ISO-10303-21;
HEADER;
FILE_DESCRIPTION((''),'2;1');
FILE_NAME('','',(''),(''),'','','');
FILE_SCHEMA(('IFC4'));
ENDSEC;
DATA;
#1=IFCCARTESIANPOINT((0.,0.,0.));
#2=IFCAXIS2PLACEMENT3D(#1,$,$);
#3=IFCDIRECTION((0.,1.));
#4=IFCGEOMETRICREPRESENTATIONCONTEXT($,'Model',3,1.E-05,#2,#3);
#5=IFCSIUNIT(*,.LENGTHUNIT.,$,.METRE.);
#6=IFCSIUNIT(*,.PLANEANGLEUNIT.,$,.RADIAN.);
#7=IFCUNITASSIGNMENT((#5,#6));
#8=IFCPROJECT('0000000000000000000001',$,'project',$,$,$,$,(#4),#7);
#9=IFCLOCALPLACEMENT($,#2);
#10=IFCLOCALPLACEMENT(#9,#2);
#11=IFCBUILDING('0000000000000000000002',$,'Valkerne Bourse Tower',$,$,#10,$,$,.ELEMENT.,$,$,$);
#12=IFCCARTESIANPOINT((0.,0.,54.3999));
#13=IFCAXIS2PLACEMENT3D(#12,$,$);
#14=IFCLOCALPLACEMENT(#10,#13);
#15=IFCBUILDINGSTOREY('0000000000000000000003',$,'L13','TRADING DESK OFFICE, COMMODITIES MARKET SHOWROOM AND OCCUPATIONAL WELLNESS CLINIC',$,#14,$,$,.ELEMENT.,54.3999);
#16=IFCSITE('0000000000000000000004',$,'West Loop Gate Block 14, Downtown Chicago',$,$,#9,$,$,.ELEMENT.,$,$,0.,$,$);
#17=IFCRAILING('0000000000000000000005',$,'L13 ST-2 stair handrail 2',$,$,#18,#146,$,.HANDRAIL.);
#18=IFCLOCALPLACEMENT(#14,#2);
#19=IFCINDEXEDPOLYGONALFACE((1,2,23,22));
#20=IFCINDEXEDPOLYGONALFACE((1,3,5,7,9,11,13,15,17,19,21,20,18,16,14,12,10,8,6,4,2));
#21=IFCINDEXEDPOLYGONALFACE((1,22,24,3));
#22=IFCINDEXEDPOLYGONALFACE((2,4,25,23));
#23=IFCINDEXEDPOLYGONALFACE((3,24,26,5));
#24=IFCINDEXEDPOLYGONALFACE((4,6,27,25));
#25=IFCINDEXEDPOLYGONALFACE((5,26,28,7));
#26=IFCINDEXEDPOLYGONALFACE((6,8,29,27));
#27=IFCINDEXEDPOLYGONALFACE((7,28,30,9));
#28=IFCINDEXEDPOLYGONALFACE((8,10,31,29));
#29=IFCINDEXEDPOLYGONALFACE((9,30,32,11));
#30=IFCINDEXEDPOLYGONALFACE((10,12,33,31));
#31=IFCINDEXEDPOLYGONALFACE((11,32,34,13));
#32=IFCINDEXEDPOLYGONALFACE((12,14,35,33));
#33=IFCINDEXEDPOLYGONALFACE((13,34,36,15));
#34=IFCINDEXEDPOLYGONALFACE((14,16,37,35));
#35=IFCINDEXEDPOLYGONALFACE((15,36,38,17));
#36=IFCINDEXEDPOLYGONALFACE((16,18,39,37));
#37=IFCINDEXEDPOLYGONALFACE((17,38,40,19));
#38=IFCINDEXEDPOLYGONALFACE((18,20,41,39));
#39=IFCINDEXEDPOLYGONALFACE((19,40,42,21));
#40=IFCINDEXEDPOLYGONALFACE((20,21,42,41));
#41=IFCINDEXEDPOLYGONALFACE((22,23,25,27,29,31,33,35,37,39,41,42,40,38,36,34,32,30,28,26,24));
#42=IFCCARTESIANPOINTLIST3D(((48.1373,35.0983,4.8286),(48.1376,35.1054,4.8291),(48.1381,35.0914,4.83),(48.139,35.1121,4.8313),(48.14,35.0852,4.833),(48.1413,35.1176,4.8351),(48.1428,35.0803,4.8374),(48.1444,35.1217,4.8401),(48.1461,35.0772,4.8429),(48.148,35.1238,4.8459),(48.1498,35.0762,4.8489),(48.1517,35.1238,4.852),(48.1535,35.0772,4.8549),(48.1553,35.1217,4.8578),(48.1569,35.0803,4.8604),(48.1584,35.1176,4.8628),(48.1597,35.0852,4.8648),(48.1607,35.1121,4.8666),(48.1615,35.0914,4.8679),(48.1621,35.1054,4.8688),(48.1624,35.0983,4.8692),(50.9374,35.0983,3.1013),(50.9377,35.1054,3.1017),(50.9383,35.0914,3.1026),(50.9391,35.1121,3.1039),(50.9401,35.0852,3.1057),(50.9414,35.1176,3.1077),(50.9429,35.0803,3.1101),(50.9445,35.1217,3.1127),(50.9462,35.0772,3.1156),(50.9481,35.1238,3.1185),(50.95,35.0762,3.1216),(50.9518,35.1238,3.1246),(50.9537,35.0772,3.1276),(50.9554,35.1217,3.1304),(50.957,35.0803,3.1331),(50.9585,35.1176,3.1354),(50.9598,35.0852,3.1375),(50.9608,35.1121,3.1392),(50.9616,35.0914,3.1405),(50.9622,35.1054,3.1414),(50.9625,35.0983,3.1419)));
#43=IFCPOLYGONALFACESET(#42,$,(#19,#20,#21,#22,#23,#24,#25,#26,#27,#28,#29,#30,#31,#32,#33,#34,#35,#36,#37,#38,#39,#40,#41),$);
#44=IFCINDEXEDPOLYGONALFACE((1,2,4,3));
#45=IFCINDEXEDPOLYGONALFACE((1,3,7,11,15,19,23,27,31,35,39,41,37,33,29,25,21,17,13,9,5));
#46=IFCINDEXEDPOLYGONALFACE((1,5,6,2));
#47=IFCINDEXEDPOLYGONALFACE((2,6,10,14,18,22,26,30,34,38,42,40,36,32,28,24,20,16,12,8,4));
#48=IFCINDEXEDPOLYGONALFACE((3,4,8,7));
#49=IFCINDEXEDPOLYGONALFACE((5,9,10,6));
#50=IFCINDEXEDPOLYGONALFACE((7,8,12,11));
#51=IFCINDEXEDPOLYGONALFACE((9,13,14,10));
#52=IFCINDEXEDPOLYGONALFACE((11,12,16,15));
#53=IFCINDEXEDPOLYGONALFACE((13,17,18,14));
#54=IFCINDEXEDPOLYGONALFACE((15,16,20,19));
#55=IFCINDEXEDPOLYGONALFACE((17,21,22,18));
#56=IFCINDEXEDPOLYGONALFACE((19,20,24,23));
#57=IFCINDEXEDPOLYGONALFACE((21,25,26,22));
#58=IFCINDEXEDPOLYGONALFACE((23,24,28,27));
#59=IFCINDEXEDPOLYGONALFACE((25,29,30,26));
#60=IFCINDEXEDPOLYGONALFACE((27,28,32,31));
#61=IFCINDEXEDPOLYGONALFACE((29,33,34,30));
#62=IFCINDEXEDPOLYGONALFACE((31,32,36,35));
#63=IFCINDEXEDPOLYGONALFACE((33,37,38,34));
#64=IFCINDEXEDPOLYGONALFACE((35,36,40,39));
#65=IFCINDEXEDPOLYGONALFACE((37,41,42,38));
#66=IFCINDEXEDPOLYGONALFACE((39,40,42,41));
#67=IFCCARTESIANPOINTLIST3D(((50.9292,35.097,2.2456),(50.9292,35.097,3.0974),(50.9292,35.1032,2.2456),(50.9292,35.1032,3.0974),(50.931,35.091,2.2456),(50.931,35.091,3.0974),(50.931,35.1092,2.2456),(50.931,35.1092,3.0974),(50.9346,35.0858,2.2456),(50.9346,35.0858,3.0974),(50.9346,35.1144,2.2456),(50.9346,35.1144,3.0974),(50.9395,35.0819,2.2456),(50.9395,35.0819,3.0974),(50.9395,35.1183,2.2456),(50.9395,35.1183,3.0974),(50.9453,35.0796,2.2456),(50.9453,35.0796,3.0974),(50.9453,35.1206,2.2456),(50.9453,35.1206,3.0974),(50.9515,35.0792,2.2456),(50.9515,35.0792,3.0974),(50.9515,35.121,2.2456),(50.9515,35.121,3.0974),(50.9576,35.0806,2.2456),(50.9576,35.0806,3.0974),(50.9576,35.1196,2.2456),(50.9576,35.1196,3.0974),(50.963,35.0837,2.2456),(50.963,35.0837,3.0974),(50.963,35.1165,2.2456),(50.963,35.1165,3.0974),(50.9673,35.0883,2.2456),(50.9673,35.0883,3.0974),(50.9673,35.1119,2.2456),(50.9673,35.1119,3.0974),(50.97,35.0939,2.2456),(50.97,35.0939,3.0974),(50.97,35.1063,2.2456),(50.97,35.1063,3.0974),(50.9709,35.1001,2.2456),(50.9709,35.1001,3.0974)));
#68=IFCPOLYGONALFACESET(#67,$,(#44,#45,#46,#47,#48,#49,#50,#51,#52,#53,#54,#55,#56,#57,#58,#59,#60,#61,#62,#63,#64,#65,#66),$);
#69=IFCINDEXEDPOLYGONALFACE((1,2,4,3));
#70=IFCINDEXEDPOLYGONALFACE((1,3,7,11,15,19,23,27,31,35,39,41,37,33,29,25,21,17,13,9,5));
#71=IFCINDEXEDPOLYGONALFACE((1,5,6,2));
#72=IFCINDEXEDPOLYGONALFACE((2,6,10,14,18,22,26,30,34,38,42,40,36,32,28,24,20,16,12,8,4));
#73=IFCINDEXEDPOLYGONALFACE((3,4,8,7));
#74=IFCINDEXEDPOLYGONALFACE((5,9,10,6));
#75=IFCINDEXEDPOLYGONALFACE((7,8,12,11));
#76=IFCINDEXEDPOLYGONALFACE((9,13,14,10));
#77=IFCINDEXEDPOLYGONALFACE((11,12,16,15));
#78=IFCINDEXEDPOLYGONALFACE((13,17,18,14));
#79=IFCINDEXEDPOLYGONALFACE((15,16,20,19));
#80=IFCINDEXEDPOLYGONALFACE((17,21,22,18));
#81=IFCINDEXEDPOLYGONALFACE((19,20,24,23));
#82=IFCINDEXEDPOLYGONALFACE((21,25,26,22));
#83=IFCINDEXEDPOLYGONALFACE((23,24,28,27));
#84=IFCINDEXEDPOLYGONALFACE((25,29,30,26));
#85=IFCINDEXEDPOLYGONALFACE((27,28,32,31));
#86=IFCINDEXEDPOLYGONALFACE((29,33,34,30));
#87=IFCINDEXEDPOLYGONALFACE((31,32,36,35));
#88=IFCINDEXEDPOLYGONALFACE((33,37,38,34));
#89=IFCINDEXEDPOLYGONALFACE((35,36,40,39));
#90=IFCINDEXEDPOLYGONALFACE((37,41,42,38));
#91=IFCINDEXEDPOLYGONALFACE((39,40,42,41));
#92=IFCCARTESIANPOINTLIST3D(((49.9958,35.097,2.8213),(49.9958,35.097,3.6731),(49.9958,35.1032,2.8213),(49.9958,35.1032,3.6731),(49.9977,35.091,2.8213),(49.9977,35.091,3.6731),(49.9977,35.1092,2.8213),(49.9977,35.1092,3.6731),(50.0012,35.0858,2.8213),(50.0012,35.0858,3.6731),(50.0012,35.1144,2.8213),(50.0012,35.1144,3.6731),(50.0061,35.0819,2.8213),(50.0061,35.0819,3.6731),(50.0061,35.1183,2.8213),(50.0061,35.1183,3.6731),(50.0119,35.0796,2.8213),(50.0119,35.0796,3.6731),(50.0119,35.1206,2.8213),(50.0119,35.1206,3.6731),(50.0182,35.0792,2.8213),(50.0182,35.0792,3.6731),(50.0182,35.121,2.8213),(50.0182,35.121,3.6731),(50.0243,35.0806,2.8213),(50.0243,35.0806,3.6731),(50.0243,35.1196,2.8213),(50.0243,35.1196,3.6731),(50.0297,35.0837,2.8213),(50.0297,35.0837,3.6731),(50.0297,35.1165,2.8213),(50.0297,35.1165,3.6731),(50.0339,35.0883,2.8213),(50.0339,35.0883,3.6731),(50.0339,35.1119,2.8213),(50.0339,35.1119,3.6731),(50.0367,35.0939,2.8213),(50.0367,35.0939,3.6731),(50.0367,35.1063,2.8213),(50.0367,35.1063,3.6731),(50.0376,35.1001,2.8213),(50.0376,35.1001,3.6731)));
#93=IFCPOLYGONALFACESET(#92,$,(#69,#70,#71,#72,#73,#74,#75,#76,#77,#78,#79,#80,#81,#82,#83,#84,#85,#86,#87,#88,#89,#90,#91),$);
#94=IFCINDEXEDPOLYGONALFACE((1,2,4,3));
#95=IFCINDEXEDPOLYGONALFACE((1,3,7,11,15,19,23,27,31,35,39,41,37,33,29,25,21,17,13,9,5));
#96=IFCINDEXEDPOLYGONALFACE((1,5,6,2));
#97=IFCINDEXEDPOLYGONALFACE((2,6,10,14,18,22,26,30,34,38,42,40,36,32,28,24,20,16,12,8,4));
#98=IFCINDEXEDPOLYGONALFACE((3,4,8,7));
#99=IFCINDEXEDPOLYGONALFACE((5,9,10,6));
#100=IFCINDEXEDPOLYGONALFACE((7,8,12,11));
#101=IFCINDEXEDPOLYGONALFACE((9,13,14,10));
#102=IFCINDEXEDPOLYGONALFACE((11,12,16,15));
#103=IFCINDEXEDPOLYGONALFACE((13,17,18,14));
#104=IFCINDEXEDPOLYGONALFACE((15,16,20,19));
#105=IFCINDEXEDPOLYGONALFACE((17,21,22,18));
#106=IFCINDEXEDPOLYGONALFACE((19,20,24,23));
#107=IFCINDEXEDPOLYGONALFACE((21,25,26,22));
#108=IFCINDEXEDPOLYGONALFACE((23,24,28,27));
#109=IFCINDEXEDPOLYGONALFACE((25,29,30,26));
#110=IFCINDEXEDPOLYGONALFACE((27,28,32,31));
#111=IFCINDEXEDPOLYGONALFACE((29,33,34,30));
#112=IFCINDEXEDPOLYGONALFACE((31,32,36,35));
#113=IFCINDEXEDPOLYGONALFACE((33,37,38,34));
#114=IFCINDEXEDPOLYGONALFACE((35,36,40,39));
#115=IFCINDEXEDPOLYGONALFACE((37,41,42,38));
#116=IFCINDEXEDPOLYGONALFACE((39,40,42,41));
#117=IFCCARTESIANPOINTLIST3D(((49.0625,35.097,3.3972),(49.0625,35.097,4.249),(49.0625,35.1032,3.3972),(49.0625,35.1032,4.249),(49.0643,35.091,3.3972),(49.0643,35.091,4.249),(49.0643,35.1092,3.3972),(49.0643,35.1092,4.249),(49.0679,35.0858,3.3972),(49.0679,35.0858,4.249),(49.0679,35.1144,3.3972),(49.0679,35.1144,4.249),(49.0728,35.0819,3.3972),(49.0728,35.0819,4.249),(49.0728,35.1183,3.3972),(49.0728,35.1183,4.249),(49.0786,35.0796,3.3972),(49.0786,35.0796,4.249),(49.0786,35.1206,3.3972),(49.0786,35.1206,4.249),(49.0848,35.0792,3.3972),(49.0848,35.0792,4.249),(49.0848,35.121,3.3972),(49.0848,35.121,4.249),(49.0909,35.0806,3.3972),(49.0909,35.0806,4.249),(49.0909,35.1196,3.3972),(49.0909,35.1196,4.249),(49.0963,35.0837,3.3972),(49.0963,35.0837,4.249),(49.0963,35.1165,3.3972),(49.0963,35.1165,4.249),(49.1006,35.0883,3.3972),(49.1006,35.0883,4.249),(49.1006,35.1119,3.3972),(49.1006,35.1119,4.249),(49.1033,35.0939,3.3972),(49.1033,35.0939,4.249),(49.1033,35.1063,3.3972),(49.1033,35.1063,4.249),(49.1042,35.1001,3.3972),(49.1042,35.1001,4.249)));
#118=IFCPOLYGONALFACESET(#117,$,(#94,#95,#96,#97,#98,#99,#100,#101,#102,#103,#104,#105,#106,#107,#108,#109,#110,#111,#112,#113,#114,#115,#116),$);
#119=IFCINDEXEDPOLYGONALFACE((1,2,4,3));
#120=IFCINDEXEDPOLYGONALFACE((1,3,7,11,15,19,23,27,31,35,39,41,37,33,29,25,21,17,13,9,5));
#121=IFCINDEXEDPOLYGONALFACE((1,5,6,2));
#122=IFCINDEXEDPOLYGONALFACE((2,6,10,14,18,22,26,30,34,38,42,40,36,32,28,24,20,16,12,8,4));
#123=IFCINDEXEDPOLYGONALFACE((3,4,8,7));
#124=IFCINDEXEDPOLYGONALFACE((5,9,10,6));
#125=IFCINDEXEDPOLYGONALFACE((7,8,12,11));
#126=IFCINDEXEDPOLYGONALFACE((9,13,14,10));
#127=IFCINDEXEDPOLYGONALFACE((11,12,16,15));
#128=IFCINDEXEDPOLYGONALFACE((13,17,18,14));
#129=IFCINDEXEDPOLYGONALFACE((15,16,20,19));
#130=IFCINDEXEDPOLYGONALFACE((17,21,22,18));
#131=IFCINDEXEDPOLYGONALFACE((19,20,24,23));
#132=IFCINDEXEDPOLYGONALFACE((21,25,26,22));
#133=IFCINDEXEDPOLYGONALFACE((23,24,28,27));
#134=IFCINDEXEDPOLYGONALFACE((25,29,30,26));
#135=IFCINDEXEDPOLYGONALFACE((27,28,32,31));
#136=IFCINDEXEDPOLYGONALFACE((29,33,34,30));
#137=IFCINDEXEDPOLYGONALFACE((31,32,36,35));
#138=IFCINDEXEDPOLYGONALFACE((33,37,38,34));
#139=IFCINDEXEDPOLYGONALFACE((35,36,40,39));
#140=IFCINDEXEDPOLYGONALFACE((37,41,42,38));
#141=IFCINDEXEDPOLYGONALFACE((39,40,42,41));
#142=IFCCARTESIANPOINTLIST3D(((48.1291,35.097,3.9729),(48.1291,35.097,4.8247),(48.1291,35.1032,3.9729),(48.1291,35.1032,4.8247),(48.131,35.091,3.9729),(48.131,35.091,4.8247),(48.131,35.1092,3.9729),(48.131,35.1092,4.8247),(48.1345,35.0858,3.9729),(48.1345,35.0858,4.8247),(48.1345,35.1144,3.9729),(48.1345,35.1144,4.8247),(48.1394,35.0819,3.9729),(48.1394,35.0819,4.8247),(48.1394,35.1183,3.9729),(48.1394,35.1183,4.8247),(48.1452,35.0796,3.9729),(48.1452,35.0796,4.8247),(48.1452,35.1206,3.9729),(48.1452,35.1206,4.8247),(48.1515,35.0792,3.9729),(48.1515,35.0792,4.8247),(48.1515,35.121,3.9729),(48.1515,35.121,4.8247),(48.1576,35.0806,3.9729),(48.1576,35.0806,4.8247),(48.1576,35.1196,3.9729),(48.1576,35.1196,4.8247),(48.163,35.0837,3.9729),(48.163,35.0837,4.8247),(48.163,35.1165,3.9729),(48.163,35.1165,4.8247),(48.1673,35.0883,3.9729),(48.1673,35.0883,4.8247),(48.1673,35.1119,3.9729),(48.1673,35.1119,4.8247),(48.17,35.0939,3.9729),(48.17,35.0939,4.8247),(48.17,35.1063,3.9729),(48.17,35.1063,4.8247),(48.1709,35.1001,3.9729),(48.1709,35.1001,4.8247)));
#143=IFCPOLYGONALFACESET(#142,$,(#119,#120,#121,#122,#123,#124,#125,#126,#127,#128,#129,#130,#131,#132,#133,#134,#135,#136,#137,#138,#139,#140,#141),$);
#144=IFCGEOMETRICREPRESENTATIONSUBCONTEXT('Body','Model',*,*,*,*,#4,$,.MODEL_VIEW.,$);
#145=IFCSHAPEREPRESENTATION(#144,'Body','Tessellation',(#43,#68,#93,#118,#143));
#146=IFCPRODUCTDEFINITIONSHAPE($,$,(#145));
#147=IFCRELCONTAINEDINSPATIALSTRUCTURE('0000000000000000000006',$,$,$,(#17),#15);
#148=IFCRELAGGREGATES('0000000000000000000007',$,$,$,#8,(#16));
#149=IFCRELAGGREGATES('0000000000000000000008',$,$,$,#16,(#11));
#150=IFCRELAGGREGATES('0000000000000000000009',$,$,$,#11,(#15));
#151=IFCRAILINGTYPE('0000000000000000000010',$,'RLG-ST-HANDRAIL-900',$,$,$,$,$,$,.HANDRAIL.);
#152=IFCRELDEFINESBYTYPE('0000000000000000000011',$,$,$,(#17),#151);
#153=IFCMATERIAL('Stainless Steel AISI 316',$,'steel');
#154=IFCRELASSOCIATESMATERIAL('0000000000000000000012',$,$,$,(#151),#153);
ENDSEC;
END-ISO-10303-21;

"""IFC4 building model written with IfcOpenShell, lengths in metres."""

from ifc_helpers import new_model, si_unit, direction, frame, origin, origin_2d, place, context, subcontext, project, spatial, circle, extrude, material, type_object, element, save


model = new_model("IFC4")

# Units and contexts
model_context = context("Model", 3, precision=1e-05, world=origin(), true_north=direction((0.0, 1.0)))
body_context = subcontext(model_context, "Body", "Model", "MODEL_VIEW")
ifc_project = project(units=[si_unit("LENGTHUNIT", "METRE"), si_unit("PLANEANGLEUNIT", "RADIAN")], contexts=[model_context])

# Site, building, storey
site_placement = place(None, origin())
site = spatial("IfcSite", under=ifc_project, at=site_placement, Name="West Loop Gate Block 14, Downtown Chicago", CompositionType="ELEMENT", RefElevation=0.0)
building_placement = place(site_placement, origin())
building = spatial("IfcBuilding", under=site, at=building_placement, Name="Valkerne Bourse Tower", CompositionType="ELEMENT")
storey_placement = place(building_placement, frame((0.0, 0.0, 54.3999)))
storey = spatial("IfcBuildingStorey", under=building, at=storey_placement, Name="L13", Description="TRADING DESK OFFICE, COMMODITIES MARKET SHOWROOM AND OCCUPATIONAL WELLNESS CLINIC", CompositionType="ELEMENT", Elevation=54.3999)

# Shared definitions
ifc_material_1 = material(Name="Stainless Steel AISI 316", Category="steel")

# Railing
railing_type_1 = type_object("IfcRailingType", Name="RLG-ST-HANDRAIL-900", PredefinedType="HANDRAIL", material=ifc_material_1)
railing_1_placement = place(storey_placement, frame((50.95, 35.1001, 2.2456)))
element("IfcRailing", 1, at=railing_1_placement, inside=storey, type_object=railing_type_1, Name="L13 ST-2 stair handrail 2", PredefinedType="HANDRAIL", context=body_context, shape_type="SweptSolid", body=[
    extrude(circle(Radius=0.0239, at=origin_2d()), frame((0.0, 0.0, 0.876), z_axis=(-0.85109, 0.0, 0.52502), x_axis=(0.0, -1.0, 0.0)), (0.0, 0.0, 1.0), 3.29),
    extrude(circle(Radius=0.021, at=origin_2d()), origin(), (0.0, 0.0, 1.0), 0.8518),
    extrude(circle(Radius=0.021, at=origin_2d()), frame((-0.9333, 0.0, 0.5757)), (0.0, 0.0, 1.0), 0.8518),
    extrude(circle(Radius=0.021, at=origin_2d()), frame((-1.8667, 0.0, 1.1516)), (0.0, 0.0, 1.0), 0.8518),
    extrude(circle(Radius=0.021, at=origin_2d()), frame((-2.8, 0.0, 1.7273)), (0.0, 0.0, 1.0), 0.8518),
])

save(model, "model.ifc")
